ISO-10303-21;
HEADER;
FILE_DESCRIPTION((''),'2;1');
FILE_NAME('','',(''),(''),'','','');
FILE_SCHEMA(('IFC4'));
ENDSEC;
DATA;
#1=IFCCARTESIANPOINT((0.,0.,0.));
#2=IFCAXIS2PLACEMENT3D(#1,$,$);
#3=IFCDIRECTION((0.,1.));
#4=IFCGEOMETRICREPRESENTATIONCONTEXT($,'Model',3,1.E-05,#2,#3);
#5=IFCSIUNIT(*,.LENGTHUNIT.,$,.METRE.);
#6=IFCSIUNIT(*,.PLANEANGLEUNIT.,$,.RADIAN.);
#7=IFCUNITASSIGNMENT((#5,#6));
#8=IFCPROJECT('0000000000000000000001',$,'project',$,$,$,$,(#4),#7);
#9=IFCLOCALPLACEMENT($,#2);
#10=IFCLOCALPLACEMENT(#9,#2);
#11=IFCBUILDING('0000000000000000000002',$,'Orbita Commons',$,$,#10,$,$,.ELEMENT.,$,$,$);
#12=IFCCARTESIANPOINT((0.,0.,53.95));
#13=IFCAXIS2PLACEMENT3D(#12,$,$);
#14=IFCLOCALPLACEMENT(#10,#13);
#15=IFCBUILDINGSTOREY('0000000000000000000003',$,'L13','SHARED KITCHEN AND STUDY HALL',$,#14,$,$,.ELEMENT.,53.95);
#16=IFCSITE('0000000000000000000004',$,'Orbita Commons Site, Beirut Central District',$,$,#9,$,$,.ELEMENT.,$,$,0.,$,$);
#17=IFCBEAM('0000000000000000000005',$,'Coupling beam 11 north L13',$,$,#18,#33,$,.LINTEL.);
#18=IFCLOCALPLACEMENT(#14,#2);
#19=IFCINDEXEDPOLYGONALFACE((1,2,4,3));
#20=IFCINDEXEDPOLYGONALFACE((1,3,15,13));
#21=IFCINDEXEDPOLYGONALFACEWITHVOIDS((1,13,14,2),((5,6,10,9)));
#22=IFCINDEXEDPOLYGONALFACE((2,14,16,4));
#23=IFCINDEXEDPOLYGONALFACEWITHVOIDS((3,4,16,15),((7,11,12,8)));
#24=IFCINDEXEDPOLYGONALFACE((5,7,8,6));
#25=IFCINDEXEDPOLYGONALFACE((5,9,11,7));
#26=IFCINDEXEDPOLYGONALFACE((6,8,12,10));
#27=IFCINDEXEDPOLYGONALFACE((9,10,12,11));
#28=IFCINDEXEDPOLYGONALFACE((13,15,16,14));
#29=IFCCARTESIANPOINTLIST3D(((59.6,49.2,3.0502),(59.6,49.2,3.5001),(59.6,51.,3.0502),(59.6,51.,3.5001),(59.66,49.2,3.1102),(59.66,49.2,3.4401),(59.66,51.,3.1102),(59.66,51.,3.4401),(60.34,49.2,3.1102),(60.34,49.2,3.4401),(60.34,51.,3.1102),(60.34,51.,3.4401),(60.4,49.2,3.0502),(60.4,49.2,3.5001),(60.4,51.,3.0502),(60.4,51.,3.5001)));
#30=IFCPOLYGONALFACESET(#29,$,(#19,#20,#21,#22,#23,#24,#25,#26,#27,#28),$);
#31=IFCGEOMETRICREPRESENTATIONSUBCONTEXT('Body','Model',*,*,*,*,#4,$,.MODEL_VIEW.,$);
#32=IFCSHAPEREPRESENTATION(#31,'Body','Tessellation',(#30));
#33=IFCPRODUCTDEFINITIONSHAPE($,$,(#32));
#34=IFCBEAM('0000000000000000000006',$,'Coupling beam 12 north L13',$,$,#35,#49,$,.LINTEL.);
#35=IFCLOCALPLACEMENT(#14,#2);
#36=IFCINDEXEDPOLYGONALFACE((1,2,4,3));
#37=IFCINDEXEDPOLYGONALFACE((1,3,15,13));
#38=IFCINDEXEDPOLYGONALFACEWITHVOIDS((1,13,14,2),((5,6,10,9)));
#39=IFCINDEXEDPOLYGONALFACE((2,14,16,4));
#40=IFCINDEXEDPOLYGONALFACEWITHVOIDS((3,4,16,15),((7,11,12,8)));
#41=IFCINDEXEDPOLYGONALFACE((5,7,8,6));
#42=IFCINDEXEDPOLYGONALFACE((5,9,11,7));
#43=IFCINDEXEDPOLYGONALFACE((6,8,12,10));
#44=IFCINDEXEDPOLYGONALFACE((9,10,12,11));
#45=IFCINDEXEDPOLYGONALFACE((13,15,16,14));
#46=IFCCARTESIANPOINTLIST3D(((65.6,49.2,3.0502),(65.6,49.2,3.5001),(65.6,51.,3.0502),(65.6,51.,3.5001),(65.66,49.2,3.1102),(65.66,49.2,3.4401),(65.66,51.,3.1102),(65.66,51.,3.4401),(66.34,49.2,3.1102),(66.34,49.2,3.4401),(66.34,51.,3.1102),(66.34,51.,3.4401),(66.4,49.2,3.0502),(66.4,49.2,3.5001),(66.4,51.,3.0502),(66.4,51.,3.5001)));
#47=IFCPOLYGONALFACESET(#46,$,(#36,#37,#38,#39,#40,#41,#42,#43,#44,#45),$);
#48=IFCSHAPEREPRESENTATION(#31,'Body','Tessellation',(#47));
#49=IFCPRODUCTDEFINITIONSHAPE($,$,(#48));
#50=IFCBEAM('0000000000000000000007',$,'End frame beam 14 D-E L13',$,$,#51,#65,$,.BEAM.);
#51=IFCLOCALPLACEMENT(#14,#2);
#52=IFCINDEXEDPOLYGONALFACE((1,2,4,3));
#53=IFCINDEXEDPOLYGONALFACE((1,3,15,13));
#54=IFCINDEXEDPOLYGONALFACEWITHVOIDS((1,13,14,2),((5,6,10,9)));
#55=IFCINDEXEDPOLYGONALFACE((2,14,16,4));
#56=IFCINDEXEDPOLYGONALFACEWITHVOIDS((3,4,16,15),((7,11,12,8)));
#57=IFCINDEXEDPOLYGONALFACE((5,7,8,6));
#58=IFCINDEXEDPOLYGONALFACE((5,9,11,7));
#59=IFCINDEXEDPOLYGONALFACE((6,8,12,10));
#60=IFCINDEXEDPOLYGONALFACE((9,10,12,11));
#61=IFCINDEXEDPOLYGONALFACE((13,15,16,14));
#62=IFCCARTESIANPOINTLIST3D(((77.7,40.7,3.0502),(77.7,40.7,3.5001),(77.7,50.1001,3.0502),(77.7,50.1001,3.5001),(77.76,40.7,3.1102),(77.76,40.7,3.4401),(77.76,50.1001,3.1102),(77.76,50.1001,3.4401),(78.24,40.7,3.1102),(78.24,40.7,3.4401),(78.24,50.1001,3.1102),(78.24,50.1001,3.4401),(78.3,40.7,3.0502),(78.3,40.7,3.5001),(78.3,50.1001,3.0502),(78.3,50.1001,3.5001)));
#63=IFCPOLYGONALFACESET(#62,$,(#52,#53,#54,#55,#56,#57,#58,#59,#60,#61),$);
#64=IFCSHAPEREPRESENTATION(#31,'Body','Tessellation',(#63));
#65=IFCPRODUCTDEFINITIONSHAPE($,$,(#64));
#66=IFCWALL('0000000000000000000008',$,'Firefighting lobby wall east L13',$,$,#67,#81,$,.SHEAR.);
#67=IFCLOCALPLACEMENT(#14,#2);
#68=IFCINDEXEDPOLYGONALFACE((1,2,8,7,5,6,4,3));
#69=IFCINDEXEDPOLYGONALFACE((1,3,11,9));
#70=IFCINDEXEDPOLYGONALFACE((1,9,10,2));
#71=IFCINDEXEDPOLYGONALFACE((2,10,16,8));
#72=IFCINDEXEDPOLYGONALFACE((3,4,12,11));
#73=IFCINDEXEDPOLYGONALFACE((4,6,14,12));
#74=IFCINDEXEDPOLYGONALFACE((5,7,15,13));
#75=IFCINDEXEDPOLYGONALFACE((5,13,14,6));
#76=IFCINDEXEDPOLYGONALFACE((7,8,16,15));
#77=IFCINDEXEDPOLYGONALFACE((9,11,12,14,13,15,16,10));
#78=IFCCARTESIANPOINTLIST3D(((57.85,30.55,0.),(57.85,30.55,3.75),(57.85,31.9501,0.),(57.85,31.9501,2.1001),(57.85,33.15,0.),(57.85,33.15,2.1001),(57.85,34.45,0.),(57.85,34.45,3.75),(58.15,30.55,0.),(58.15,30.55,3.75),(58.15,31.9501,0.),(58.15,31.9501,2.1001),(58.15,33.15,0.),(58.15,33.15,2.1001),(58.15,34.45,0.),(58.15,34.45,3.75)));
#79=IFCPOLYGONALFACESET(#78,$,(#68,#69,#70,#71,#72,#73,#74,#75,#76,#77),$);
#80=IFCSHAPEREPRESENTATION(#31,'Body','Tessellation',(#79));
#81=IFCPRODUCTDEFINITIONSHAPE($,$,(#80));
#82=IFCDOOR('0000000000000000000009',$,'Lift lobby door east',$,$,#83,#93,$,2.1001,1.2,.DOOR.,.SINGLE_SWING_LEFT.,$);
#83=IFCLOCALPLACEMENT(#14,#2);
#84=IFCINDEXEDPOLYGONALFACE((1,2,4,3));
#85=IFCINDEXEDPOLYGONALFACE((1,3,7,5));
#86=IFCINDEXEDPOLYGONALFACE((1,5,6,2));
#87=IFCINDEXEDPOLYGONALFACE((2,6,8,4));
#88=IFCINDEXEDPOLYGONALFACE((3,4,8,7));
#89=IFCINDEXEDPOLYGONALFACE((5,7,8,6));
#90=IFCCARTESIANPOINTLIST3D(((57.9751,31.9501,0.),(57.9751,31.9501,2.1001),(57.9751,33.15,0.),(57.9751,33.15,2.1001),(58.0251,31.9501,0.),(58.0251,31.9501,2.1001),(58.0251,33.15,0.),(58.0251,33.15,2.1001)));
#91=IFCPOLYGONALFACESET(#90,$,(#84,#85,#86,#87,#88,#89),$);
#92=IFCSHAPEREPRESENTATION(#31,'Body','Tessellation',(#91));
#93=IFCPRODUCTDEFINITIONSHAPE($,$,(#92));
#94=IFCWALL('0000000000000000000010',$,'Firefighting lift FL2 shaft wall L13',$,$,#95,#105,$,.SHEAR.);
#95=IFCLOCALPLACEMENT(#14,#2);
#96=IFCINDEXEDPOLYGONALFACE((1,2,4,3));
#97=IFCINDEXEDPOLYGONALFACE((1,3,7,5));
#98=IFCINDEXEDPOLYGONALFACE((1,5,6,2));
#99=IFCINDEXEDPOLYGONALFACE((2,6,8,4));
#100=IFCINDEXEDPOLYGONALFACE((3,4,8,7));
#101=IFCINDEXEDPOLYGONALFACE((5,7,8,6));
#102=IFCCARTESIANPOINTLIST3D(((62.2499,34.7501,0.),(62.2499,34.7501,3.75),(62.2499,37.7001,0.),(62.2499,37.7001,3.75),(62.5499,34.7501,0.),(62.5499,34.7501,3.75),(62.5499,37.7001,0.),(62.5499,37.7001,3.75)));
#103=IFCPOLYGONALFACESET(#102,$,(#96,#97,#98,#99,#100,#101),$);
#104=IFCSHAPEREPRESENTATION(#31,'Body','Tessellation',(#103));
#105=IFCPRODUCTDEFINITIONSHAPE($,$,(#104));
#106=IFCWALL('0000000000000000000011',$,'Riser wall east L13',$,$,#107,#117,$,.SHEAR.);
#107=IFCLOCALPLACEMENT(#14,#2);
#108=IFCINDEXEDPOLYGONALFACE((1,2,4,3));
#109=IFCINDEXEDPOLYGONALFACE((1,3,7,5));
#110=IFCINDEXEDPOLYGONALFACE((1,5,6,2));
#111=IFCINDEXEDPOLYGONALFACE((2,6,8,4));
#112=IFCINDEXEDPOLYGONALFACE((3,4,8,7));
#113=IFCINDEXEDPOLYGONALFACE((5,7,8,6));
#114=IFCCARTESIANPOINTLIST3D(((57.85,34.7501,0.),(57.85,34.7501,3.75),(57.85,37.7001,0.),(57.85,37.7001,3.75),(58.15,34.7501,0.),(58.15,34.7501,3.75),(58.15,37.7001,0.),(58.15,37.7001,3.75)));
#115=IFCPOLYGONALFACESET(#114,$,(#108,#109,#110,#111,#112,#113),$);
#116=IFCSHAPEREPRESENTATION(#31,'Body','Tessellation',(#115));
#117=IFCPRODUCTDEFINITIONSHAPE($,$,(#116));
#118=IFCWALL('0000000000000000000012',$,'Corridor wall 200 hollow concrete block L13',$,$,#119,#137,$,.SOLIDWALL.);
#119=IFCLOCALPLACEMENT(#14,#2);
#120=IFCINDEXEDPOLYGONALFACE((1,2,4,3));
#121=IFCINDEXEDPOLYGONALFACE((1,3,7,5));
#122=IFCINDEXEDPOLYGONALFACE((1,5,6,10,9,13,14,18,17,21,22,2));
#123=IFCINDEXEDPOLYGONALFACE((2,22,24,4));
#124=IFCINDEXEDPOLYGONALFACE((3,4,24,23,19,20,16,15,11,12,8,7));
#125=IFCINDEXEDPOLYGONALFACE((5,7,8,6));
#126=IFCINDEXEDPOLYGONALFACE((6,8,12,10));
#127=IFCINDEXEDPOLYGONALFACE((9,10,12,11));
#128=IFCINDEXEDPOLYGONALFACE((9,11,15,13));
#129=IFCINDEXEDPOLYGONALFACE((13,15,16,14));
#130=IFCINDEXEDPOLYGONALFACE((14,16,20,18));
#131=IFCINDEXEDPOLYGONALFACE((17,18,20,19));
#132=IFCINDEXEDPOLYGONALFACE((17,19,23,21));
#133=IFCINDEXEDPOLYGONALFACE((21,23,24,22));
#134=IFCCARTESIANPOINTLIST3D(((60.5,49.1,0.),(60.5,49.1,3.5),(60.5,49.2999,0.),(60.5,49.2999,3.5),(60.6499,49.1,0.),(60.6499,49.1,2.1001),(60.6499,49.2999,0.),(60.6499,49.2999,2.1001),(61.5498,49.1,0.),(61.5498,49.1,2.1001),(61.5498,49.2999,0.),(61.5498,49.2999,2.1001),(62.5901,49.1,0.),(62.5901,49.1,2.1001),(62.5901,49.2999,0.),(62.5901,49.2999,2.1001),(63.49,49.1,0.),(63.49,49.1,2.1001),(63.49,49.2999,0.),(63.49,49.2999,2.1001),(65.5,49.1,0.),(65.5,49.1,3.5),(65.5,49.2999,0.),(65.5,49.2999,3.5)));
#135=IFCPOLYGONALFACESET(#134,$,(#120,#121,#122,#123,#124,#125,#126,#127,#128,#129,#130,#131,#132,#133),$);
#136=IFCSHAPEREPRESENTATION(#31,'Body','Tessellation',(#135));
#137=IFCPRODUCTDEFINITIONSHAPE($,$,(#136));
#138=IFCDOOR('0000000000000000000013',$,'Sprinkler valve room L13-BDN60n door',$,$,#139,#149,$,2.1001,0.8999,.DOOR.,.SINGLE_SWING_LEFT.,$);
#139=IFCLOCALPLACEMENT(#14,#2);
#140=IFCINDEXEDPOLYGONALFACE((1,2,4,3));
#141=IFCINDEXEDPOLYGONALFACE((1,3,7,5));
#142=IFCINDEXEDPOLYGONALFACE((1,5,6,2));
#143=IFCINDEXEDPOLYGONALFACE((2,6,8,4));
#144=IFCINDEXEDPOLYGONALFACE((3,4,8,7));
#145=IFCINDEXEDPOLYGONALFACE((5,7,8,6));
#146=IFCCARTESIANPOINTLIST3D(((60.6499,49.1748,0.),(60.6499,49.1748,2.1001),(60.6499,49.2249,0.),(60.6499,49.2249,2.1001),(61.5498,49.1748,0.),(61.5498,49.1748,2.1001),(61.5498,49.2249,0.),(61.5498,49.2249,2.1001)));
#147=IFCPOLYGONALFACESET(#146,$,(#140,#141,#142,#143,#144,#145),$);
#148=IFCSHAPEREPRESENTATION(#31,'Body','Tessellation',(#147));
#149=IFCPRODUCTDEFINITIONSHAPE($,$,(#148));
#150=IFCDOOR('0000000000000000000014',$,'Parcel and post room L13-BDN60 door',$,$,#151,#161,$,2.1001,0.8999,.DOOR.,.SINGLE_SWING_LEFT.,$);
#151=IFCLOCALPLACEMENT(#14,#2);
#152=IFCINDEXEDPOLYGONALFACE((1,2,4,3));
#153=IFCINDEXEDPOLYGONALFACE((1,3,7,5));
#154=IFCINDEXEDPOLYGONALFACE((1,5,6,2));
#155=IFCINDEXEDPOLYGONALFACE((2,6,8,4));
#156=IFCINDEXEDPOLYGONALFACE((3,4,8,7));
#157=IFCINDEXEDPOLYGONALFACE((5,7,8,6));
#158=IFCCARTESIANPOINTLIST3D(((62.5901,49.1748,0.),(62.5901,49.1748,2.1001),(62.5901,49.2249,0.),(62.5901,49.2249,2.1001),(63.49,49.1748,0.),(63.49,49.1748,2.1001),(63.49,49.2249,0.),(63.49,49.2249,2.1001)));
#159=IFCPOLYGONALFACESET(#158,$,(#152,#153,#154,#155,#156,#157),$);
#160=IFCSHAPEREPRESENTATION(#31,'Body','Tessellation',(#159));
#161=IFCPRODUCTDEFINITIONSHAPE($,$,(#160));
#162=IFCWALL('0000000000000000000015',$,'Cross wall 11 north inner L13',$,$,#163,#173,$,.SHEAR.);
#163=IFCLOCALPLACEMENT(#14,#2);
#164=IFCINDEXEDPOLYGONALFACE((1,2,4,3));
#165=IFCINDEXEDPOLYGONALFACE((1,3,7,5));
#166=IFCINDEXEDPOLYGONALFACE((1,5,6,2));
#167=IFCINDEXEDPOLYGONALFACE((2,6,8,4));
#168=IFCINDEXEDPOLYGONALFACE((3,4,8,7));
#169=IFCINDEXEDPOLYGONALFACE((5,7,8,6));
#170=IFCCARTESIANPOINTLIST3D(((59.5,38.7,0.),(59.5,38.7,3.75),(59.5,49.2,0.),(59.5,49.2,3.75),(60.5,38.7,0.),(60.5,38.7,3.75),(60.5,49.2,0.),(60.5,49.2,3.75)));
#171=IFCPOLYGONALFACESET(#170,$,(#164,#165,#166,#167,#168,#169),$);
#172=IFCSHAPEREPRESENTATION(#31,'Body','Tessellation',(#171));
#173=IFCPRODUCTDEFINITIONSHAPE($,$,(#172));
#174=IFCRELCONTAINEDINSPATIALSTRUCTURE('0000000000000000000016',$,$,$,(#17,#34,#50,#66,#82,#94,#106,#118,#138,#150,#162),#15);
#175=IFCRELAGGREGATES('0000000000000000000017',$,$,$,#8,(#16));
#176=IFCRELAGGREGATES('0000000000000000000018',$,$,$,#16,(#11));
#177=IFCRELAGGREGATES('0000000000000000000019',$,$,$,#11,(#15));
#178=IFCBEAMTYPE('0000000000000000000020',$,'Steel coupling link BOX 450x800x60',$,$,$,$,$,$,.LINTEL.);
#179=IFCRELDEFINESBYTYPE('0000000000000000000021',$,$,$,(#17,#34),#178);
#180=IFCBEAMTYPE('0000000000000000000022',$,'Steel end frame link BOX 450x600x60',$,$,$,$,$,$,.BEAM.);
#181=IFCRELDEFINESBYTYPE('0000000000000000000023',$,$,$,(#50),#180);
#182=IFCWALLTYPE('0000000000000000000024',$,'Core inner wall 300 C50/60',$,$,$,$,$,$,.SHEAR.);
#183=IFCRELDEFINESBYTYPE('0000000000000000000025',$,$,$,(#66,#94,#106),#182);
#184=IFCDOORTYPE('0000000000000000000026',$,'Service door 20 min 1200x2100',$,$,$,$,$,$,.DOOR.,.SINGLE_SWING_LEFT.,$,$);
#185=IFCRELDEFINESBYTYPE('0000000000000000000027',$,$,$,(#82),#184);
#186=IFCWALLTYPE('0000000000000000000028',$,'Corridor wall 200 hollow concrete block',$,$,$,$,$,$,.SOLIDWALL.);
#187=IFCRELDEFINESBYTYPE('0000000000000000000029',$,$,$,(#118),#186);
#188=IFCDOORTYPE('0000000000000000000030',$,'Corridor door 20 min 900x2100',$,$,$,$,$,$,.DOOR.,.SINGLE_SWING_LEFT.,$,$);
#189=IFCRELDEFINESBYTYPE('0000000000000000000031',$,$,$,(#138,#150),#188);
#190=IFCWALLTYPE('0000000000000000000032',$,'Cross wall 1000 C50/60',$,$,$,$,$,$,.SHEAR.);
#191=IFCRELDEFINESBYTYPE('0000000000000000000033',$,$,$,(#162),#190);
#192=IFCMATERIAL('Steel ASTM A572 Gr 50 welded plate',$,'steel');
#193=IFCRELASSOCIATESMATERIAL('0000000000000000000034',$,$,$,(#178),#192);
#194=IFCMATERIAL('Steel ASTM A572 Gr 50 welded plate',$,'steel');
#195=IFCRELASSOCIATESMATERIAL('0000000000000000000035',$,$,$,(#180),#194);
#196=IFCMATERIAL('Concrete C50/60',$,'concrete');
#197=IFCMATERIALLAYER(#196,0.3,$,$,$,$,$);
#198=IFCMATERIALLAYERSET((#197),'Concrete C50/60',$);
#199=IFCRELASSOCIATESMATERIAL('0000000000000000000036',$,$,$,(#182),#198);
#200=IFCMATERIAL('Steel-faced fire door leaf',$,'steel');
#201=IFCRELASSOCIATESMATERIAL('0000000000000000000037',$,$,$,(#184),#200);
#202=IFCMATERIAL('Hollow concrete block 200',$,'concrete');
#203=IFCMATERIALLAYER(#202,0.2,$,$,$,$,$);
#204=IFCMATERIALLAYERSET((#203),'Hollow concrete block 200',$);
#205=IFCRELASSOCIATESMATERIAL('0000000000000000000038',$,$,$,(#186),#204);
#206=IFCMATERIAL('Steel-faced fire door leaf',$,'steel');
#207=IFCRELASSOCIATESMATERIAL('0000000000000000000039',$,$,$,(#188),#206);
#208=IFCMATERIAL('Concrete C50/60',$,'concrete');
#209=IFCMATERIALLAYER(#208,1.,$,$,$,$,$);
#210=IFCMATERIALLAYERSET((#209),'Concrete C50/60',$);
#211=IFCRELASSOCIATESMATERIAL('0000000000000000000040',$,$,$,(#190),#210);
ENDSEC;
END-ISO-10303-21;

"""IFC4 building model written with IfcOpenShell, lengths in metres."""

from ifc_helpers import new_model, si_unit, direction, frame, frame_2d, origin, origin_2d, place, context, subcontext, project, spatial, rectangle, hollow_rectangle, extrude, material, layer, layer_set, material_profile, profile_set, type_object, element, fill, save


model = new_model("IFC4")

# Units and contexts
model_context = context("Model", 3, precision=1e-05, world=origin(), true_north=direction((0.0, 1.0)))
body_context = subcontext(model_context, "Body", "Model", "MODEL_VIEW")
ifc_project = project(units=[si_unit("LENGTHUNIT", "METRE"), si_unit("PLANEANGLEUNIT", "RADIAN")], contexts=[model_context])

# Site, building, storey
site_placement = place(None, origin())
site = spatial("IfcSite", under=ifc_project, at=site_placement, Name="Orbita Commons Site, Beirut Central District", CompositionType="ELEMENT", RefElevation=0.0)
building_placement = place(site_placement, origin())
building = spatial("IfcBuilding", under=site, at=building_placement, Name="Orbita Commons", CompositionType="ELEMENT")
storey_placement = place(building_placement, frame((0.0, 0.0, 53.95)))
storey = spatial("IfcBuildingStorey", under=building, at=storey_placement, Name="L13", Description="SHARED KITCHEN AND STUDY HALL", CompositionType="ELEMENT", Elevation=53.95)

# Beams
ifc_material_1 = material(Name="Steel ASTM A572 Gr 50 welded plate", Category="steel")
ifc_material_profile_1 = material_profile(ifc_material_1, hollow_rectangle(XDim=0.8, YDim=0.45, WallThickness=0.0601, at=origin_2d()), Name="BOX 450x800x60")
ifc_profile_set_1 = profile_set([ifc_material_profile_1], Name="Steel ASTM A572 Gr 50 welded plate")
beam_type_1 = type_object("IfcBeamType", Name="Steel coupling link BOX 450x800x60", PredefinedType="LINTEL", material=ifc_profile_set_1)
for number, where, z_axis, x_axis, name in (
    (1, (60.0, 49.2, 3.2751), (0.0, 1.0, 0.0), (-1.0, 0.0, 0.0), "Coupling beam 11 north L13"),
    (2, (66.0, 49.2, 3.2751), (0.0, 1.0, 0.0), (-1.0, 0.0, 0.0), "Coupling beam 12 north L13"),
):
    element("IfcBeam", number, at=place(storey_placement, frame(where, z_axis=z_axis, x_axis=x_axis)), inside=storey, type_object=beam_type_1, Name=name, PredefinedType="LINTEL", context=body_context, shape_type="SweptSolid", body=[
        extrude(hollow_rectangle(XDim=0.8, YDim=0.45, WallThickness=0.0601, at=origin_2d()), origin(), (0.0, 0.0, 1.0), 1.8),
    ])
ifc_material_2 = material(Name="Steel ASTM A572 Gr 50 welded plate", Category="steel")
ifc_material_profile_2 = material_profile(ifc_material_2, hollow_rectangle(XDim=0.6001, YDim=0.45, WallThickness=0.0601, at=origin_2d()), Name="BOX 450x600x60")
ifc_profile_set_2 = profile_set([ifc_material_profile_2], Name="Steel ASTM A572 Gr 50 welded plate")
beam_type_2 = type_object("IfcBeamType", Name="Steel end frame link BOX 450x600x60", PredefinedType="BEAM", material=ifc_profile_set_2)
beam_placement = place(storey_placement, frame((78.0, 40.7, 3.2751), z_axis=(0.0, 1.0, 0.0), x_axis=(-1.0, 0.0, 0.0)))
element("IfcBeam", 3, at=beam_placement, inside=storey, type_object=beam_type_2, Name="End frame beam 14 D-E L13", PredefinedType="BEAM", context=body_context, shape_type="SweptSolid", body=[
    extrude(hollow_rectangle(XDim=0.6001, YDim=0.45, WallThickness=0.0601, at=origin_2d()), origin(), (0.0, 0.0, 1.0), 9.4001),
])

# Wall, opening, door
ifc_material_3 = material(Name="Concrete C50/60", Category="concrete")
ifc_layer_1 = layer(ifc_material_3, 0.3)
ifc_layer_set_1 = layer_set([ifc_layer_1], Name="Concrete C50/60")
wall_type_1 = type_object("IfcWallType", Name="Core inner wall 300 C50/60", PredefinedType="SHEAR", material=ifc_layer_set_1)
wall_1_placement = place(storey_placement, frame((58.0, 30.55, 0.0), z_axis=(0.0, 0.0, 1.0), x_axis=(0.0, 1.0, 0.0)))
wall_1 = element("IfcWall", 4, at=wall_1_placement, inside=storey, type_object=wall_type_1, Name="Firefighting lobby wall east L13", PredefinedType="SHEAR", context=body_context, shape_type="SweptSolid", body=[
    extrude(rectangle(XDim=3.8999, YDim=0.3, at=frame_2d((1.95, 0.0))), origin(), (0.0, 0.0, 1.0), 3.75),
])
opening_1_placement = place(wall_1_placement, frame((1.3999, 0.0, 0.0)))
opening_1 = element("IfcOpeningElement", 5, at=opening_1_placement, cuts=wall_1, PredefinedType="OPENING", context=body_context, shape_type="SweptSolid", body=[
    extrude(rectangle(XDim=1.2, YDim=2.1001, at=frame_2d((0.6001, 1.05))), frame((0.0, 0.1599, 0.0), z_axis=(0.0, -1.0, 0.0), x_axis=(1.0, 0.0, 0.0)), (0.0, 0.0, 1.0), 0.3201),
])
ifc_material_4 = material(Name="Steel-faced fire door leaf", Category="steel")
door_type_1 = type_object("IfcDoorType", Name="Service door 20 min 1200x2100", OperationType="SINGLE_SWING_LEFT", PredefinedType="DOOR", material=ifc_material_4)
door_1_placement = place(opening_1_placement, origin())
door_1 = element("IfcDoor", 6, at=door_1_placement, inside=storey, type_object=door_type_1, Name="Lift lobby door east", OperationType="SINGLE_SWING_LEFT", OverallHeight=2.1001, OverallWidth=1.2, PredefinedType="DOOR", context=body_context, shape_type="SweptSolid", body=[
    extrude(rectangle(XDim=1.2, YDim=2.1001, at=frame_2d((0.6001, 1.05))), frame((0.0, 0.0249, 0.0), z_axis=(0.0, -1.0, 0.0), x_axis=(1.0, 0.0, 0.0)), (0.0, 0.0, 1.0), 0.05),
])
fill(opening_1, door_1)

# Walls
for number, where, z_axis, x_axis, name in (
    (7, (62.3999, 34.75, 0.0), (0.0, 0.0, 1.0), (0.0, 1.0, 0.0), "Firefighting lift FL2 shaft wall L13"),
    (8, (58.0, 34.75, 0.0), (0.0, 0.0, 1.0), (0.0, 1.0, 0.0), "Riser wall east L13"),
):
    element("IfcWall", number, at=place(storey_placement, frame(where, z_axis=z_axis, x_axis=x_axis)), inside=storey, type_object=wall_type_1, Name=name, PredefinedType="SHEAR", context=body_context, shape_type="SweptSolid", body=[
        extrude(rectangle(XDim=2.95, YDim=0.3, at=frame_2d((1.4751, 0.0))), origin(), (0.0, 0.0, 1.0), 3.75),
    ])

# Wall, openings, doors
ifc_material_5 = material(Name="Hollow concrete block 200", Category="concrete")
ifc_layer_2 = layer(ifc_material_5, 0.2)
ifc_layer_set_2 = layer_set([ifc_layer_2], Name="Hollow concrete block 200")
wall_type_2 = type_object("IfcWallType", Name="Corridor wall 200 hollow concrete block", PredefinedType="SOLIDWALL", material=ifc_layer_set_2)
wall_2_placement = place(storey_placement, frame((60.5, 49.2, 0.0), z_axis=(0.0, 0.0, 1.0), x_axis=(1.0, 0.0, 0.0)))
wall_2 = element("IfcWall", 9, at=wall_2_placement, inside=storey, type_object=wall_type_2, Name="Corridor wall 200 hollow concrete block L13", PredefinedType="SOLIDWALL", context=body_context, shape_type="SweptSolid", body=[
    extrude(rectangle(XDim=5.0, YDim=0.2, at=frame_2d((2.5, 0.0))), origin(), (0.0, 0.0, 1.0), 3.5),
])
opening_2_placement = place(wall_2_placement, frame((0.1499, 0.0, 0.0)))
opening_2 = element("IfcOpeningElement", 10, at=opening_2_placement, cuts=wall_2, PredefinedType="OPENING", context=body_context, shape_type="SweptSolid", body=[
    extrude(rectangle(XDim=0.8999, YDim=2.1001, at=frame_2d((0.45, 1.05))), frame((0.0, 0.1099, 0.0), z_axis=(0.0, -1.0, 0.0), x_axis=(1.0, 0.0, 0.0)), (0.0, 0.0, 1.0), 0.22),
])
opening_3_placement = place(wall_2_placement, frame((2.0901, 0.0, 0.0)))
opening_3 = element("IfcOpeningElement", 11, at=opening_3_placement, cuts=wall_2, PredefinedType="OPENING", context=body_context, shape_type="SweptSolid", body=[
    extrude(rectangle(XDim=0.8999, YDim=2.1001, at=frame_2d((0.45, 1.05))), frame((0.0, 0.1099, 0.0), z_axis=(0.0, -1.0, 0.0), x_axis=(1.0, 0.0, 0.0)), (0.0, 0.0, 1.0), 0.22),
])
ifc_material_6 = material(Name="Steel-faced fire door leaf", Category="steel")
door_type_2 = type_object("IfcDoorType", Name="Corridor door 20 min 900x2100", OperationType="SINGLE_SWING_LEFT", PredefinedType="DOOR", material=ifc_material_6)
door_2_placement = place(opening_2_placement, origin())
door_2 = element("IfcDoor", 12, at=door_2_placement, inside=storey, type_object=door_type_2, Name="Sprinkler valve room L13-BDN60n door", OperationType="SINGLE_SWING_LEFT", OverallHeight=2.1001, OverallWidth=0.8999, PredefinedType="DOOR", context=body_context, shape_type="SweptSolid", body=[
    extrude(rectangle(XDim=0.8999, YDim=2.1001, at=frame_2d((0.45, 1.05))), frame((0.0, 0.0249, 0.0), z_axis=(0.0, -1.0, 0.0), x_axis=(1.0, 0.0, 0.0)), (0.0, 0.0, 1.0), 0.05),
])
fill(opening_2, door_2)
door_3_placement = place(opening_3_placement, origin())
door_3 = element("IfcDoor", 13, at=door_3_placement, inside=storey, type_object=door_type_2, Name="Parcel and post room L13-BDN60 door", OperationType="SINGLE_SWING_LEFT", OverallHeight=2.1001, OverallWidth=0.8999, PredefinedType="DOOR", context=body_context, shape_type="SweptSolid", body=[
    extrude(rectangle(XDim=0.8999, YDim=2.1001, at=frame_2d((0.45, 1.05))), frame((0.0, 0.0249, 0.0), z_axis=(0.0, -1.0, 0.0), x_axis=(1.0, 0.0, 0.0)), (0.0, 0.0, 1.0), 0.05),
])
fill(opening_3, door_3)

# Wall
ifc_material_7 = material(Name="Concrete C50/60", Category="concrete")
ifc_layer_3 = layer(ifc_material_7, 1.0)
ifc_layer_set_3 = layer_set([ifc_layer_3], Name="Concrete C50/60")
wall_type_3 = type_object("IfcWallType", Name="Cross wall 1000 C50/60", PredefinedType="SHEAR", material=ifc_layer_set_3)
for number, where, z_axis, x_axis, name in (
    (14, (60.0, 38.7, 0.0), (0.0, 0.0, 1.0), (0.0, 1.0, 0.0), "Cross wall 11 north inner L13"),
):
    element("IfcWall", number, at=place(storey_placement, frame(where, z_axis=z_axis, x_axis=x_axis)), inside=storey, type_object=wall_type_3, Name=name, PredefinedType="SHEAR", context=body_context, shape_type="SweptSolid", body=[
        extrude(rectangle(XDim=10.5, YDim=1.0, at=frame_2d((5.25, 0.0))), origin(), (0.0, 0.0, 1.0), 3.75),
    ])

save(model, "model.ifc")
